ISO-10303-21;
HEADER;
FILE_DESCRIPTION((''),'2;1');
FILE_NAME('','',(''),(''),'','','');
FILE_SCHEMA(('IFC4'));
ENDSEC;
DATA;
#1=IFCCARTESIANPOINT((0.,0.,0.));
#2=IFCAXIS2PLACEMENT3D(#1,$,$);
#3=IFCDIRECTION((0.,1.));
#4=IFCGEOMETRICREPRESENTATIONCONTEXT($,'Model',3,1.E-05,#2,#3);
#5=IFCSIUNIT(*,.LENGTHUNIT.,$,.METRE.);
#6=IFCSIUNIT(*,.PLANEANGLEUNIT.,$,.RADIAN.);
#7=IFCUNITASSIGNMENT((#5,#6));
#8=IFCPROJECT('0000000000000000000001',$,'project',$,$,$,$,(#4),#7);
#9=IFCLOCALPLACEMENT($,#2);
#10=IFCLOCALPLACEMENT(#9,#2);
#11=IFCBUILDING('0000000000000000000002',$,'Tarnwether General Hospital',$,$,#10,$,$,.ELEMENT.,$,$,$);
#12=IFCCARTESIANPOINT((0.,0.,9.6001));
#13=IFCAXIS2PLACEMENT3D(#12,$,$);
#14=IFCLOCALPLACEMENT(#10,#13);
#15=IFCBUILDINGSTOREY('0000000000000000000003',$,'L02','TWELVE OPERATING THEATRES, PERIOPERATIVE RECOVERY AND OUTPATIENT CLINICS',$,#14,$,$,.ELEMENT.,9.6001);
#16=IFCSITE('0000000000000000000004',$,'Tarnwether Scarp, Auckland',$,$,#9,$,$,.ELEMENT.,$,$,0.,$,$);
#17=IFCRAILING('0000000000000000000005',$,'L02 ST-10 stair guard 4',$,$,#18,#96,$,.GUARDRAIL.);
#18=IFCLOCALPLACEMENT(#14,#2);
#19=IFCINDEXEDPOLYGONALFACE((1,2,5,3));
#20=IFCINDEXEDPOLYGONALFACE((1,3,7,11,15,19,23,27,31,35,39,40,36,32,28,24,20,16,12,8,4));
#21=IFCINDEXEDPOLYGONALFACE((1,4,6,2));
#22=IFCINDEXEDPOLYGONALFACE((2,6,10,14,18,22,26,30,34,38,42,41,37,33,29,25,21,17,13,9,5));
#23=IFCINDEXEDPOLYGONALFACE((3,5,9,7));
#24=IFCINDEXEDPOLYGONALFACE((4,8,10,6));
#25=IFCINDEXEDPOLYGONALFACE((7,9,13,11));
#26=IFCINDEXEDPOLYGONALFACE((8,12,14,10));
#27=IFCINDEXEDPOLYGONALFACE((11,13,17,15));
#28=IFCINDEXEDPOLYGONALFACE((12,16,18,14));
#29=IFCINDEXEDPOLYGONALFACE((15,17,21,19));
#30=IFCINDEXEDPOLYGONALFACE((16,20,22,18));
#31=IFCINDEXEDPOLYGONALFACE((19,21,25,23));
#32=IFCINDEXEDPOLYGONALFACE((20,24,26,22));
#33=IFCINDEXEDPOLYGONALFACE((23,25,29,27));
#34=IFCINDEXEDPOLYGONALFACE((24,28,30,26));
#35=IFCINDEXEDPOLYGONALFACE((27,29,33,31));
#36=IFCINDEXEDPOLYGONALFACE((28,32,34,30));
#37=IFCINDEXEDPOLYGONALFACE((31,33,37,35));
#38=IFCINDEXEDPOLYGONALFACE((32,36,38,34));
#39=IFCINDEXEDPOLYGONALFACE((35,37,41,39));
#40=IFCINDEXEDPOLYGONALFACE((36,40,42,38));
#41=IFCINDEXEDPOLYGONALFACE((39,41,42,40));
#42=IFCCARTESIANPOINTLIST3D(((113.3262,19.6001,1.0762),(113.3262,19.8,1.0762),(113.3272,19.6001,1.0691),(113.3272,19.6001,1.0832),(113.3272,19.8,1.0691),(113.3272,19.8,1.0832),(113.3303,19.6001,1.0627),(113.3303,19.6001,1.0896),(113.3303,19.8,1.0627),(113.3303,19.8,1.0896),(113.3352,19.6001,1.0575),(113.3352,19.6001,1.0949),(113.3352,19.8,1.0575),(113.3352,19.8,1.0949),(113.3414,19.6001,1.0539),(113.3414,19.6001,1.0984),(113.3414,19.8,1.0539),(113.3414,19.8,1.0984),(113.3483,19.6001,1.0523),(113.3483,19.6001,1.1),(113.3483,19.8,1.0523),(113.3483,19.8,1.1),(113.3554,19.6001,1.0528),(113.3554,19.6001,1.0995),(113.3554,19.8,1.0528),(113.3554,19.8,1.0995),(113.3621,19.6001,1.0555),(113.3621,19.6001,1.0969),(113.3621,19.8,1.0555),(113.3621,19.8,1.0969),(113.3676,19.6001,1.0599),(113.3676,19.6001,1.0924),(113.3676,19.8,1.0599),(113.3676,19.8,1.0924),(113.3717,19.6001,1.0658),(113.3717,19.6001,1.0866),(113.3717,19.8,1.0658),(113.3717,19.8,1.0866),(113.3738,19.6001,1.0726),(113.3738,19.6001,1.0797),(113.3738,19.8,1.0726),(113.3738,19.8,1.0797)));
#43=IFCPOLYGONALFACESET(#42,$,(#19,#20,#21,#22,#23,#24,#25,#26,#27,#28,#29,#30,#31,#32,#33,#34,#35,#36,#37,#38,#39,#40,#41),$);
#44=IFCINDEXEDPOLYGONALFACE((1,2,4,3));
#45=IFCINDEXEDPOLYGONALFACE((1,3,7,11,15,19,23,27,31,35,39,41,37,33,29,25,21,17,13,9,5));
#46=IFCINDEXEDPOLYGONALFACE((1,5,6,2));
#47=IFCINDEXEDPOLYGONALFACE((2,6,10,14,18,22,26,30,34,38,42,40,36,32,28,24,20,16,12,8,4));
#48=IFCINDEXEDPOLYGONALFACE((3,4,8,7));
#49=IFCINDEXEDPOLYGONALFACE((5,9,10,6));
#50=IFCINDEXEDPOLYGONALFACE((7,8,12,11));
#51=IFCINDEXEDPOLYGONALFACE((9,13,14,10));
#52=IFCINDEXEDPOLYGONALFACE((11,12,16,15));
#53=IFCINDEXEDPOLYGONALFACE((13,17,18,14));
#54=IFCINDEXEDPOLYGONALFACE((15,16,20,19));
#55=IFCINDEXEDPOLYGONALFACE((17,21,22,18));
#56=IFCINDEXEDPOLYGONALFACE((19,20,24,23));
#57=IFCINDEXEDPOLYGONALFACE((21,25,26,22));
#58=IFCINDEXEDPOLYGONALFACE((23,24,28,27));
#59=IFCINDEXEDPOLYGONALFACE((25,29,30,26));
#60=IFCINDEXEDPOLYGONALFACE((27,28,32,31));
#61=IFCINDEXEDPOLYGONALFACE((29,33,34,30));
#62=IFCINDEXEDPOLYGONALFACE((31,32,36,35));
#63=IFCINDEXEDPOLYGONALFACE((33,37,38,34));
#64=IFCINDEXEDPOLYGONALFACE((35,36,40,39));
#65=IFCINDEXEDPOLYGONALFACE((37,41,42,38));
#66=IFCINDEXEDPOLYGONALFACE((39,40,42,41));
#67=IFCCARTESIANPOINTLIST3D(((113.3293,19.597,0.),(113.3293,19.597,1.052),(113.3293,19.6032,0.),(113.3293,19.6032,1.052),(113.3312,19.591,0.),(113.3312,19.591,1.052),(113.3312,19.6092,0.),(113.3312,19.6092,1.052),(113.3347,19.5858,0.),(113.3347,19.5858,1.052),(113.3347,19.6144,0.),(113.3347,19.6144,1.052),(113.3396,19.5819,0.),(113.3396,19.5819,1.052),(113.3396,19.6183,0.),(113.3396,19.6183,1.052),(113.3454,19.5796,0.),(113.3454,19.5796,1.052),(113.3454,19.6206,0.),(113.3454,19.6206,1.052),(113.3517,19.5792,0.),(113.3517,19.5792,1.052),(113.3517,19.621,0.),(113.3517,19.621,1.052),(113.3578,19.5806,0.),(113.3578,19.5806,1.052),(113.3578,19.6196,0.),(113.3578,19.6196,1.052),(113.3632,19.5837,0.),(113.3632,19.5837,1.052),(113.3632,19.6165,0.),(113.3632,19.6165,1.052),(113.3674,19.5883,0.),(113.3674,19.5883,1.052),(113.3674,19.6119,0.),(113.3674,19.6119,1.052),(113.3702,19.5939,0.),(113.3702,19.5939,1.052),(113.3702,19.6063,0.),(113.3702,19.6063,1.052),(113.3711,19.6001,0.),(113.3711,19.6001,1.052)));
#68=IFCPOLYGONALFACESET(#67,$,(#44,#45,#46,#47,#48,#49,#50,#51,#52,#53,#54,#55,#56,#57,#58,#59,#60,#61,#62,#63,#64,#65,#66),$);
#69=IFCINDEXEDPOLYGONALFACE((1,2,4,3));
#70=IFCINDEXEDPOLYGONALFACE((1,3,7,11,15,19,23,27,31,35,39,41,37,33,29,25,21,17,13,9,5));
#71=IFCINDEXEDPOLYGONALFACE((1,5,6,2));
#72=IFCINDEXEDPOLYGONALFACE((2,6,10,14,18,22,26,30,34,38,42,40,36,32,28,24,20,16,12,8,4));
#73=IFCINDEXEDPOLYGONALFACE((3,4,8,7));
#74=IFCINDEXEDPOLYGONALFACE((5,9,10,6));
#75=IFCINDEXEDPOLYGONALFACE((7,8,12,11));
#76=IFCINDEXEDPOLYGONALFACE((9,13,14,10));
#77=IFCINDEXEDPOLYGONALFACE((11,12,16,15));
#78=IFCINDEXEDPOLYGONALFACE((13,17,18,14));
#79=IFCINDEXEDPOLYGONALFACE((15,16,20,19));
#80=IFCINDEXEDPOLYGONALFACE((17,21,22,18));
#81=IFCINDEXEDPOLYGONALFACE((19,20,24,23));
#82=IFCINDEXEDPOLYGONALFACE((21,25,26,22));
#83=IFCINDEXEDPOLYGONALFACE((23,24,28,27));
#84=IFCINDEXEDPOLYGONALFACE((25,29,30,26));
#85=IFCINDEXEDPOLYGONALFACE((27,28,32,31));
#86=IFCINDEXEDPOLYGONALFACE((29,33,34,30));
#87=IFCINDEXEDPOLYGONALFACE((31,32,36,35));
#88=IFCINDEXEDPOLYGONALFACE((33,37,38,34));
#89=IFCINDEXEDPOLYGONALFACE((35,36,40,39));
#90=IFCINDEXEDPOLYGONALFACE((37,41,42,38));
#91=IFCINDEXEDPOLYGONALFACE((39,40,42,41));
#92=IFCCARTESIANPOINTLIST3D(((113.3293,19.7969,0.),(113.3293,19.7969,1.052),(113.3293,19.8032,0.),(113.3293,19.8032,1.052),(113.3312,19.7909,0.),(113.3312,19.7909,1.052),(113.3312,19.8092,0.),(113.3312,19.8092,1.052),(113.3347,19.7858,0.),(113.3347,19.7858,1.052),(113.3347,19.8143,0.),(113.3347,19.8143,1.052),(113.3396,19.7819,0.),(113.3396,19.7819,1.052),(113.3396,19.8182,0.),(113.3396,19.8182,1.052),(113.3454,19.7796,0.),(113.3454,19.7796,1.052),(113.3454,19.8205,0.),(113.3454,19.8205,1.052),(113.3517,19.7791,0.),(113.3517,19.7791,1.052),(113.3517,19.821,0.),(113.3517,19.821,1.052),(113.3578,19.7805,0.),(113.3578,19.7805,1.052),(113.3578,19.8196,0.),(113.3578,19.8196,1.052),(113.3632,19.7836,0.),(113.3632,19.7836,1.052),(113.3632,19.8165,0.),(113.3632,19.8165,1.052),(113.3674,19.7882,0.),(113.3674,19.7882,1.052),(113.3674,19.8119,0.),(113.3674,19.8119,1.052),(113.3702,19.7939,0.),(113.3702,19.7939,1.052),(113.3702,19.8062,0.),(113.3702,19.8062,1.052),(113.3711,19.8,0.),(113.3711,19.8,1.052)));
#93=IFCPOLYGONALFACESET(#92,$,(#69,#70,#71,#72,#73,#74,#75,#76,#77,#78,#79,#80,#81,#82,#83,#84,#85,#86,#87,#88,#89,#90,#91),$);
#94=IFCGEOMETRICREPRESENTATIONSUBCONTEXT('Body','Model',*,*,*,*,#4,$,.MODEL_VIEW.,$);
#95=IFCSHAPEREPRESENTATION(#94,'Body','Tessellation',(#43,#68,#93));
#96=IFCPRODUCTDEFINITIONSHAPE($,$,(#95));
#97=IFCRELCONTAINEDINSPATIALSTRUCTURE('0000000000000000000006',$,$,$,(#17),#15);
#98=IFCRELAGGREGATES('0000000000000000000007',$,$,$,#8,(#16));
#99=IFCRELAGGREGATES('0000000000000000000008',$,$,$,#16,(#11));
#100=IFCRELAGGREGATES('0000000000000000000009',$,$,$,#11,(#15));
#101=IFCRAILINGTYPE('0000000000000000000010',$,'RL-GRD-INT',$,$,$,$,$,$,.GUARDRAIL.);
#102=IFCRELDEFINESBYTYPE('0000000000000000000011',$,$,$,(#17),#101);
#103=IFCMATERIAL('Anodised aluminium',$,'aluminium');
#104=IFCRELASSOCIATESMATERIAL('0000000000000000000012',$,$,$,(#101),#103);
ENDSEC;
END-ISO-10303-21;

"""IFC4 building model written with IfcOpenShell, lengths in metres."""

from ifc_helpers import new_model, si_unit, direction, frame, origin, origin_2d, place, context, subcontext, project, spatial, circle, extrude, material, type_object, element, save


model = new_model("IFC4")

# Units and contexts
model_context = context("Model", 3, precision=1e-05, world=origin(), true_north=direction((0.0, 1.0)))
body_context = subcontext(model_context, "Body", "Model", "MODEL_VIEW")
ifc_project = project(units=[si_unit("LENGTHUNIT", "METRE"), si_unit("PLANEANGLEUNIT", "RADIAN")], contexts=[model_context])

# Site, building, storey
site_placement = place(None, origin())
site = spatial("IfcSite", under=ifc_project, at=site_placement, Name="Tarnwether Scarp, Auckland", CompositionType="ELEMENT", RefElevation=0.0)
building_placement = place(site_placement, origin())
building = spatial("IfcBuilding", under=site, at=building_placement, Name="Tarnwether General Hospital", CompositionType="ELEMENT")
storey_placement = place(building_placement, frame((0.0, 0.0, 9.6001)))
storey = spatial("IfcBuildingStorey", under=building, at=storey_placement, Name="L02", Description="TWELVE OPERATING THEATRES, PERIOPERATIVE RECOVERY AND OUTPATIENT CLINICS", CompositionType="ELEMENT", Elevation=9.6001)

# Railing
ifc_material_1 = material(Name="Anodised aluminium", Category="aluminium")
railing_type_1 = type_object("IfcRailingType", Name="RL-GRD-INT", PredefinedType="GUARDRAIL", material=ifc_material_1)
railing_1_placement = place(storey_placement, frame((113.3501, 19.6001, 0.0)))
element("IfcRailing", 1, at=railing_1_placement, inside=storey, type_object=railing_type_1, Name="L02 ST-10 stair guard 4", PredefinedType="GUARDRAIL", context=body_context, shape_type="SweptSolid", body=[
    extrude(circle(Radius=0.0239, at=origin_2d()), frame((0.0, 0.0, 1.0762), z_axis=(0.0, 1.0, 0.0), x_axis=(-1.0, 0.0, 0.0)), (0.0, 0.0, 1.0), 0.2),
    extrude(circle(Radius=0.021, at=origin_2d()), origin(), (0.0, 0.0, 1.0), 1.052),
    extrude(circle(Radius=0.021, at=origin_2d()), frame((0.0, 0.2, 0.0)), (0.0, 0.0, 1.0), 1.052),
])

save(model, "model.ifc")
